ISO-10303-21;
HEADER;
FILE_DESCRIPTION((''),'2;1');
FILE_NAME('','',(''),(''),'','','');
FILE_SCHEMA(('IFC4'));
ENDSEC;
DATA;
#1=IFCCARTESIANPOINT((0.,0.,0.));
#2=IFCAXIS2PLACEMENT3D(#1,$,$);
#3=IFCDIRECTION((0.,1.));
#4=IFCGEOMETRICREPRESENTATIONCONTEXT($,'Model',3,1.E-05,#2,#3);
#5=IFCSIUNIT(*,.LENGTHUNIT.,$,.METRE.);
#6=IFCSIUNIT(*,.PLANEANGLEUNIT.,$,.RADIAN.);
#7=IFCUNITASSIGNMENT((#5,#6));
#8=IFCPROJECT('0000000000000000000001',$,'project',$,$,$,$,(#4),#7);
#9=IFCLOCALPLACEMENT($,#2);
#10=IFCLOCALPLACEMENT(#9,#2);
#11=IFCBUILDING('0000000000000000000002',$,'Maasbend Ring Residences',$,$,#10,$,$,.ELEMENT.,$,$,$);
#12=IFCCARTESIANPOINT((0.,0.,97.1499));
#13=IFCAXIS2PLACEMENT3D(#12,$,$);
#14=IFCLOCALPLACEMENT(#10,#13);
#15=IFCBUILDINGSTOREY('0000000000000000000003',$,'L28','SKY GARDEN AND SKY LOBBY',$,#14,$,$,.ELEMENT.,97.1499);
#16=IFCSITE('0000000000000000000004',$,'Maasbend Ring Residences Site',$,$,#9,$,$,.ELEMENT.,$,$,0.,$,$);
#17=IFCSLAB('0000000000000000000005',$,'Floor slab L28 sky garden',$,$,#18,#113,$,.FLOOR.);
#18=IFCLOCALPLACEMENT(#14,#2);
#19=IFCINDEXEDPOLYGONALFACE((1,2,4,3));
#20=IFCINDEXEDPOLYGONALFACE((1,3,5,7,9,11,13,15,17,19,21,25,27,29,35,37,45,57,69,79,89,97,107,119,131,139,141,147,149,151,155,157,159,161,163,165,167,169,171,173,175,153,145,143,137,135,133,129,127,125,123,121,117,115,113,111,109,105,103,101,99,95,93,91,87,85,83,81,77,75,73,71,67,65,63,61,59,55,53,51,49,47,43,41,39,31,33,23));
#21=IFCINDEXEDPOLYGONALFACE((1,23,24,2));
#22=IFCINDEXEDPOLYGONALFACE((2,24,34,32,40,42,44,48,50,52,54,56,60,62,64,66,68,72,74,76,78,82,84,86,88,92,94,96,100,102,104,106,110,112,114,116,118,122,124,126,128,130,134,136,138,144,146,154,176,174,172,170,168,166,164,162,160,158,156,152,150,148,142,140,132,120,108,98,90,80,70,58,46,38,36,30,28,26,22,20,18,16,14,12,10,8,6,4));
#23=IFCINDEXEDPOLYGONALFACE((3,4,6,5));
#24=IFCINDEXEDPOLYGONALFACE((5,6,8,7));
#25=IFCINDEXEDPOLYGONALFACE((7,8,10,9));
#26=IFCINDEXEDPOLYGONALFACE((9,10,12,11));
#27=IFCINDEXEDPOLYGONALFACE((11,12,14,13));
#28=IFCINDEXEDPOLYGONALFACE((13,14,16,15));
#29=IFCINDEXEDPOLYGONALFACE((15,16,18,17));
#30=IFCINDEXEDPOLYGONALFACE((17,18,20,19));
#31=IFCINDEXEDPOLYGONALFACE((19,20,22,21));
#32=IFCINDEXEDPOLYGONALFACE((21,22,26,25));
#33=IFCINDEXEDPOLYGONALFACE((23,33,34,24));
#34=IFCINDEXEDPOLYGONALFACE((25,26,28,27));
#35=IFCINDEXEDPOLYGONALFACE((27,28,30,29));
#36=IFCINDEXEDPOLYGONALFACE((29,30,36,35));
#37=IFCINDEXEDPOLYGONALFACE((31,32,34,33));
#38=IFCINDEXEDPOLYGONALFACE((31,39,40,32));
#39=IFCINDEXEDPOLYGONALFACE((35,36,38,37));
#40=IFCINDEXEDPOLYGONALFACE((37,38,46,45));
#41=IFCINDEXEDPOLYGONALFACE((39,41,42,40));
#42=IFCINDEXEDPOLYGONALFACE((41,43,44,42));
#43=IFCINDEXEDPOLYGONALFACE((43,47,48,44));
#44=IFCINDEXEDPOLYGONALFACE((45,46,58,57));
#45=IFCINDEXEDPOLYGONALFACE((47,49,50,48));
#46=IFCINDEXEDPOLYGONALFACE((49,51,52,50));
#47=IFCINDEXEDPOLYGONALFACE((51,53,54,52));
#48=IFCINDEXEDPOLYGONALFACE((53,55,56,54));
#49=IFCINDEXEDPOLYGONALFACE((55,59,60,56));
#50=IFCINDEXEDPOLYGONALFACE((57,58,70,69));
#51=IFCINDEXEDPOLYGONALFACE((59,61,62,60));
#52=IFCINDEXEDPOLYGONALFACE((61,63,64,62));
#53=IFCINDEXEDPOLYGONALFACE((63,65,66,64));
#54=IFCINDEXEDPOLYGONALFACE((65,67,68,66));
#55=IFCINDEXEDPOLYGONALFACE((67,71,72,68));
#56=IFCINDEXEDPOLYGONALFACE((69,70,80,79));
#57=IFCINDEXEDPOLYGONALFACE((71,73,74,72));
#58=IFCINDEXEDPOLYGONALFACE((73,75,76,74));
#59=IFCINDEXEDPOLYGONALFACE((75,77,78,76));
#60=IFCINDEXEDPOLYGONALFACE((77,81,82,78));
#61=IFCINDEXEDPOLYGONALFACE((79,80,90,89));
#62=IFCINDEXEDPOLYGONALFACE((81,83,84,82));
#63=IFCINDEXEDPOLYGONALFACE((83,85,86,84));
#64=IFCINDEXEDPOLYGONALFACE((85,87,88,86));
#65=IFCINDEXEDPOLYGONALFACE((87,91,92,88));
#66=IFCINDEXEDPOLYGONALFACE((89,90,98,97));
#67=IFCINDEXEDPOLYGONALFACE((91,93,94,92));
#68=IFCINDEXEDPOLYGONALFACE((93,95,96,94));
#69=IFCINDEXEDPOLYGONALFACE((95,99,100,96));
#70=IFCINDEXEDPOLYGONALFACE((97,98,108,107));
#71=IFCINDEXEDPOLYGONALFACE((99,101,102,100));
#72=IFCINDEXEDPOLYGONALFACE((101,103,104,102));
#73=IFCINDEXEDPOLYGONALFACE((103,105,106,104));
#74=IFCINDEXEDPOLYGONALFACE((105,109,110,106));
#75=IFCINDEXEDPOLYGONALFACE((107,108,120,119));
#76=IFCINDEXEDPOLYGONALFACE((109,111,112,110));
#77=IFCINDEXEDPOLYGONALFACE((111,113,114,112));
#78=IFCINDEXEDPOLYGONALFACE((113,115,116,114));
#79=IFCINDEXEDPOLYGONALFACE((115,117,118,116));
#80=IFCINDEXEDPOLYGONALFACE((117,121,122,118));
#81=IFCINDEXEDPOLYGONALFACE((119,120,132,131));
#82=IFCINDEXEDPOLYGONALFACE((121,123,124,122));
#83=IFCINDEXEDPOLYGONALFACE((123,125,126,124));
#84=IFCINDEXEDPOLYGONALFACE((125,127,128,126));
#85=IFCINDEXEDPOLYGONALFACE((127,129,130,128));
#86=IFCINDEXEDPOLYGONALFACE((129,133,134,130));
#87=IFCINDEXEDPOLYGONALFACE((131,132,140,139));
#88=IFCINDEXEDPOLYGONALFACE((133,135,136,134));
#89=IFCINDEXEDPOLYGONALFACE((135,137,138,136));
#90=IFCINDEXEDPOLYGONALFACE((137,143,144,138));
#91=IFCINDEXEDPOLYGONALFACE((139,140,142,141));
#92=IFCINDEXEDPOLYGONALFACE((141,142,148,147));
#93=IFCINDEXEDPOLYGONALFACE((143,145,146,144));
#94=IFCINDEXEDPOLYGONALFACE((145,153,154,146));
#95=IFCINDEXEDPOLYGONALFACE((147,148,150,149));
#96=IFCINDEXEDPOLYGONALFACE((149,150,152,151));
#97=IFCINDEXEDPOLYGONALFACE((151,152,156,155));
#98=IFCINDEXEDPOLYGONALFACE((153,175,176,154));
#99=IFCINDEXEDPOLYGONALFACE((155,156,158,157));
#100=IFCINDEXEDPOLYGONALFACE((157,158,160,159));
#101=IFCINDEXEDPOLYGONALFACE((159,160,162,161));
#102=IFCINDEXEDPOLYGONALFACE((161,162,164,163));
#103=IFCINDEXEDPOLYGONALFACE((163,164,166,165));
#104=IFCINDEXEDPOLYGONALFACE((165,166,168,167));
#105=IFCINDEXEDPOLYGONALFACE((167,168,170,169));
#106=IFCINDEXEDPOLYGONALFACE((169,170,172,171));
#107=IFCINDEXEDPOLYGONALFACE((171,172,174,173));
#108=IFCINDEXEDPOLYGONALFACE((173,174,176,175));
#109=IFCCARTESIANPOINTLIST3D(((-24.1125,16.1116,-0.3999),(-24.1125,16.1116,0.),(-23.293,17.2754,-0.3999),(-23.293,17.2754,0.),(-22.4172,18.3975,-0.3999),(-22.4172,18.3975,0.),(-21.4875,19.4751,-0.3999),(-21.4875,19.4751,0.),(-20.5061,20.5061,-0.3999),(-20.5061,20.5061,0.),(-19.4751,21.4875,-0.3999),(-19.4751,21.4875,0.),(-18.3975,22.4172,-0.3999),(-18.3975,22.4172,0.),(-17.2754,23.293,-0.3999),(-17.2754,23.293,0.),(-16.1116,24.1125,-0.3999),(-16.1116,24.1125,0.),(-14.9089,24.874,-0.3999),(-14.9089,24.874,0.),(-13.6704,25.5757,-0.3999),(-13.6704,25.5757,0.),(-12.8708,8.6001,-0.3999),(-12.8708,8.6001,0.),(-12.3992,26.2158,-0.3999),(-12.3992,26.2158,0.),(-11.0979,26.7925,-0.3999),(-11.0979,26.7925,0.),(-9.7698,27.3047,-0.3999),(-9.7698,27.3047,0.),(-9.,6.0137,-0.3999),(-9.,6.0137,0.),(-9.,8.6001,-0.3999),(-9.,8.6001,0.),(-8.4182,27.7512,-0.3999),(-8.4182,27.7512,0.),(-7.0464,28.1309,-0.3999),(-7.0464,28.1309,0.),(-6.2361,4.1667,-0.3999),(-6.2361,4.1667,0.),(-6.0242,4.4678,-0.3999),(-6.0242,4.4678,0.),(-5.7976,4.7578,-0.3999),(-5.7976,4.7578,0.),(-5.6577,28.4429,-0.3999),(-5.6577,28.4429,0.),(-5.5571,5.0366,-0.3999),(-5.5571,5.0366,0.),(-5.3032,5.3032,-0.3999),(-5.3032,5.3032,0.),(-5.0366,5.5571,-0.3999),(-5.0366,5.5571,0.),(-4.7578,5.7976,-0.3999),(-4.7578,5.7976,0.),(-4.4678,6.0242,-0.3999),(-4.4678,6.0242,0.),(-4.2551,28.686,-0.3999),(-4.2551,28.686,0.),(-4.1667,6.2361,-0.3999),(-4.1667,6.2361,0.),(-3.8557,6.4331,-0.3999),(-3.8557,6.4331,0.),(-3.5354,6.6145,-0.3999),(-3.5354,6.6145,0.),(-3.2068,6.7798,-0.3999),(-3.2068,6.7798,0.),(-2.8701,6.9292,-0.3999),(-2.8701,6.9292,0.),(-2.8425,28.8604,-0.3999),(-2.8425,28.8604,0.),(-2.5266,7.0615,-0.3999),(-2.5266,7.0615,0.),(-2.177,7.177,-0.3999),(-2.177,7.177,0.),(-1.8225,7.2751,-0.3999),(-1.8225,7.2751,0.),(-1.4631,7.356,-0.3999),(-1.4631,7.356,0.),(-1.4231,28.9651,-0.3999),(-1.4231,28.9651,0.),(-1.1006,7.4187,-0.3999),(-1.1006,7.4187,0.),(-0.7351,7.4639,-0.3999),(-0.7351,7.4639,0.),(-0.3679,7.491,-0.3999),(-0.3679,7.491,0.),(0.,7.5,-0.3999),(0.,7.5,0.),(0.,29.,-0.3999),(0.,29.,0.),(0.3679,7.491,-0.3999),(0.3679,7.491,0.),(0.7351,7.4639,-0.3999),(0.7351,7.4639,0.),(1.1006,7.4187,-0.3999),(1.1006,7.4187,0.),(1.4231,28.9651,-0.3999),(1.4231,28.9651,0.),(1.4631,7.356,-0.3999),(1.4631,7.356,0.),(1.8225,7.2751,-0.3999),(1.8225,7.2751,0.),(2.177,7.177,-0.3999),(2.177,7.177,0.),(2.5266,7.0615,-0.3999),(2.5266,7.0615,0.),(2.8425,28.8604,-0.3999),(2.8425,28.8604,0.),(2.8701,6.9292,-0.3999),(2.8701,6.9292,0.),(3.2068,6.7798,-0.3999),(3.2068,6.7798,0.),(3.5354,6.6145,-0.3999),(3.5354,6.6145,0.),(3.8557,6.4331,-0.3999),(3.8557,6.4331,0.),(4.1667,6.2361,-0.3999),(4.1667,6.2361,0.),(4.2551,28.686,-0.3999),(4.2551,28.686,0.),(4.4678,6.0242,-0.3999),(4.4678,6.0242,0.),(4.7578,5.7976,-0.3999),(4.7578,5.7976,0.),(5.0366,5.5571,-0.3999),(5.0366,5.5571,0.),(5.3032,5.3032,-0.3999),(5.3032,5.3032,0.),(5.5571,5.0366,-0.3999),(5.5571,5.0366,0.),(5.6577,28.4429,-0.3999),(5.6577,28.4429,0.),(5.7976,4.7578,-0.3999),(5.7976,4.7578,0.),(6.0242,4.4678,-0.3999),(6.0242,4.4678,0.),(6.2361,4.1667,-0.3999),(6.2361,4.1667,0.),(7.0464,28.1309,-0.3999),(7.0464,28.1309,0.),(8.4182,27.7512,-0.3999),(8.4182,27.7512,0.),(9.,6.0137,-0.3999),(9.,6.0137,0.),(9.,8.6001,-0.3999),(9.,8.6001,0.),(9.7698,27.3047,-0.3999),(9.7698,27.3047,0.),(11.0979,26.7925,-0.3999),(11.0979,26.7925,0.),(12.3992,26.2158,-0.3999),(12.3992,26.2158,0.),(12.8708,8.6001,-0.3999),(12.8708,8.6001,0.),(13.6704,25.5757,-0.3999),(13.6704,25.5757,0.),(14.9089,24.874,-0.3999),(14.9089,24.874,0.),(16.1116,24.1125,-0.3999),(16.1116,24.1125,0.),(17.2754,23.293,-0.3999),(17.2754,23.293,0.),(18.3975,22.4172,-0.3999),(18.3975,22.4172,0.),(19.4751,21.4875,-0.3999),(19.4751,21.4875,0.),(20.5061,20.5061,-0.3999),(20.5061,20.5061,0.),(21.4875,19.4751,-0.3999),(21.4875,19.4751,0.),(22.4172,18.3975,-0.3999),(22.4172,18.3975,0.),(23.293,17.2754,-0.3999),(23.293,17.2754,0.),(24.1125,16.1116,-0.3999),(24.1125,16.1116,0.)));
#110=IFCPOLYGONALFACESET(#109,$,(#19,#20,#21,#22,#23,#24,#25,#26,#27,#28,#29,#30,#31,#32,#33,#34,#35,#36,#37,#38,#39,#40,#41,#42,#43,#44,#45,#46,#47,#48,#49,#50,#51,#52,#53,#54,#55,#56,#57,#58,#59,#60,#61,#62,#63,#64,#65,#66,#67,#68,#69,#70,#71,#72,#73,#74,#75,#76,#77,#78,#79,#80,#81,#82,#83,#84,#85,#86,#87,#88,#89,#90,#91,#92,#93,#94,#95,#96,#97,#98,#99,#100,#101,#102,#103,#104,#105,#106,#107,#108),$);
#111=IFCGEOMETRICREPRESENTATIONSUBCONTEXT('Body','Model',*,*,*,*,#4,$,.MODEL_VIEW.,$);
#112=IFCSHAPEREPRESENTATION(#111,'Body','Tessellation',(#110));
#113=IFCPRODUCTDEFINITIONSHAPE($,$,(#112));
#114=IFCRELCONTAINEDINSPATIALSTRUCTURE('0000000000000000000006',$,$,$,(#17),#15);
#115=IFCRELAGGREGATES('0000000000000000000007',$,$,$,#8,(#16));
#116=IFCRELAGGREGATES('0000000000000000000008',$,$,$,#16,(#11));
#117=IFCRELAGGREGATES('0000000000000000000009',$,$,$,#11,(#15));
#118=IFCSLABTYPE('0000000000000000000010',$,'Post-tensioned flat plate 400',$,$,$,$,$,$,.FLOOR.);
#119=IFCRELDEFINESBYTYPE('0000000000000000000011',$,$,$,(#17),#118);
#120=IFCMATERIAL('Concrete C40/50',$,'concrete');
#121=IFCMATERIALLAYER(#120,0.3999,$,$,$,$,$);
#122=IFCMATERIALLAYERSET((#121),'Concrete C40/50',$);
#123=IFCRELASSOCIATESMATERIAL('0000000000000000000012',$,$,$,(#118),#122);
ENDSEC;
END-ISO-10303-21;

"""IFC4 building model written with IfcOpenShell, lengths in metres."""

from ifc_helpers import new_model, si_unit, direction, frame, origin, place, context, subcontext, project, spatial, polyline, outline, extrude, material, layer, layer_set, type_object, element, save


model = new_model("IFC4")

# Units and contexts
model_context = context("Model", 3, precision=1e-05, world=origin(), true_north=direction((0.0, 1.0)))
body_context = subcontext(model_context, "Body", "Model", "MODEL_VIEW")
ifc_project = project(units=[si_unit("LENGTHUNIT", "METRE"), si_unit("PLANEANGLEUNIT", "RADIAN")], contexts=[model_context])

# Site, building, storey
site_placement = place(None, origin())
site = spatial("IfcSite", under=ifc_project, at=site_placement, Name="Maasbend Ring Residences Site", CompositionType="ELEMENT", RefElevation=0.0)
building_placement = place(site_placement, origin())
building = spatial("IfcBuilding", under=site, at=building_placement, Name="Maasbend Ring Residences", CompositionType="ELEMENT")
storey_placement = place(building_placement, frame((0.0, 0.0, 97.1499)))
storey = spatial("IfcBuildingStorey", under=building, at=storey_placement, Name="L28", Description="SKY GARDEN AND SKY LOBBY", CompositionType="ELEMENT", Elevation=97.1499)

# Slab
ifc_material_1 = material(Name="Concrete C40/50", Category="concrete")
ifc_layer_1 = layer(ifc_material_1, 0.3999)
ifc_layer_set_1 = layer_set([ifc_layer_1], Name="Concrete C40/50")
slab_type_1 = type_object("IfcSlabType", Name="Post-tensioned flat plate 400", PredefinedType="FLOOR", material=ifc_layer_set_1)
slab_1_placement = place(storey_placement, frame((0.0, 0.0, -0.3999)))
element("IfcSlab", 1, at=slab_1_placement, inside=storey, type_object=slab_type_1, Name="Floor slab L28 sky garden", PredefinedType="FLOOR", context=body_context, shape_type="SweptSolid", body=[
    extrude(outline(polyline([(-24.1125, 16.1116), (-12.8708, 8.6001), (-9.0, 8.6001), (-9.0, 6.0137), (-6.2361, 4.1667), (-6.0242, 4.4678), (-5.7976, 4.7578), (-5.5571, 5.0366), (-5.3032, 5.3032), (-5.0366, 5.5571), (-4.7578, 5.7976), (-4.4678, 6.0242), (-4.1667, 6.2361), (-3.8557, 6.4331), (-3.5354, 6.6145), (-3.2068, 6.7798), (-2.8701, 6.9292), (-2.5266, 7.0615), (-2.177, 7.177), (-1.8225, 7.2751), (-1.4631, 7.356), (-1.1006, 7.4187), (-0.7351, 7.4639), (-0.3679, 7.491), (0.0, 7.5), (0.3679, 7.491), (0.7351, 7.4639), (1.1006, 7.4187), (1.4631, 7.356), (1.8225, 7.2751), (2.177, 7.177), (2.5266, 7.0615), (2.8701, 6.9292), (3.2068, 6.7798), (3.5354, 6.6145), (3.8557, 6.4331), (4.1667, 6.2361), (4.4678, 6.0242), (4.7578, 5.7976), (5.0366, 5.5571), (5.3032, 5.3032), (5.5571, 5.0366), (5.7976, 4.7578), (6.0242, 4.4678), (6.2361, 4.1667), (9.0, 6.0137), (9.0, 8.6001), (12.8708, 8.6001), (24.1125, 16.1116), (23.293, 17.2754), (22.4172, 18.3975), (21.4875, 19.4751), (20.5061, 20.5061), (19.4751, 21.4875), (18.3975, 22.4172), (17.2754, 23.293), (16.1116, 24.1125), (14.9089, 24.874), (13.6704, 25.5757), (12.3992, 26.2158), (11.0979, 26.7925), (9.7698, 27.3047), (8.4182, 27.7512), (7.0464, 28.1309), (5.6577, 28.4429), (4.2551, 28.686), (2.8425, 28.8604), (1.4231, 28.9651), (0.0, 29.0), (-1.4231, 28.9651), (-2.8425, 28.8604), (-4.2551, 28.686), (-5.6577, 28.4429), (-7.0464, 28.1309), (-8.4182, 27.7512), (-9.7698, 27.3047), (-11.0979, 26.7925), (-12.3992, 26.2158), (-13.6704, 25.5757), (-14.9089, 24.874), (-16.1116, 24.1125), (-17.2754, 23.293), (-18.3975, 22.4172), (-19.4751, 21.4875), (-20.5061, 20.5061), (-21.4875, 19.4751), (-22.4172, 18.3975), (-23.293, 17.2754), (-24.1125, 16.1116)])), origin(), (0.0, 0.0, 1.0), 0.3999),
])

save(model, "model.ifc")
